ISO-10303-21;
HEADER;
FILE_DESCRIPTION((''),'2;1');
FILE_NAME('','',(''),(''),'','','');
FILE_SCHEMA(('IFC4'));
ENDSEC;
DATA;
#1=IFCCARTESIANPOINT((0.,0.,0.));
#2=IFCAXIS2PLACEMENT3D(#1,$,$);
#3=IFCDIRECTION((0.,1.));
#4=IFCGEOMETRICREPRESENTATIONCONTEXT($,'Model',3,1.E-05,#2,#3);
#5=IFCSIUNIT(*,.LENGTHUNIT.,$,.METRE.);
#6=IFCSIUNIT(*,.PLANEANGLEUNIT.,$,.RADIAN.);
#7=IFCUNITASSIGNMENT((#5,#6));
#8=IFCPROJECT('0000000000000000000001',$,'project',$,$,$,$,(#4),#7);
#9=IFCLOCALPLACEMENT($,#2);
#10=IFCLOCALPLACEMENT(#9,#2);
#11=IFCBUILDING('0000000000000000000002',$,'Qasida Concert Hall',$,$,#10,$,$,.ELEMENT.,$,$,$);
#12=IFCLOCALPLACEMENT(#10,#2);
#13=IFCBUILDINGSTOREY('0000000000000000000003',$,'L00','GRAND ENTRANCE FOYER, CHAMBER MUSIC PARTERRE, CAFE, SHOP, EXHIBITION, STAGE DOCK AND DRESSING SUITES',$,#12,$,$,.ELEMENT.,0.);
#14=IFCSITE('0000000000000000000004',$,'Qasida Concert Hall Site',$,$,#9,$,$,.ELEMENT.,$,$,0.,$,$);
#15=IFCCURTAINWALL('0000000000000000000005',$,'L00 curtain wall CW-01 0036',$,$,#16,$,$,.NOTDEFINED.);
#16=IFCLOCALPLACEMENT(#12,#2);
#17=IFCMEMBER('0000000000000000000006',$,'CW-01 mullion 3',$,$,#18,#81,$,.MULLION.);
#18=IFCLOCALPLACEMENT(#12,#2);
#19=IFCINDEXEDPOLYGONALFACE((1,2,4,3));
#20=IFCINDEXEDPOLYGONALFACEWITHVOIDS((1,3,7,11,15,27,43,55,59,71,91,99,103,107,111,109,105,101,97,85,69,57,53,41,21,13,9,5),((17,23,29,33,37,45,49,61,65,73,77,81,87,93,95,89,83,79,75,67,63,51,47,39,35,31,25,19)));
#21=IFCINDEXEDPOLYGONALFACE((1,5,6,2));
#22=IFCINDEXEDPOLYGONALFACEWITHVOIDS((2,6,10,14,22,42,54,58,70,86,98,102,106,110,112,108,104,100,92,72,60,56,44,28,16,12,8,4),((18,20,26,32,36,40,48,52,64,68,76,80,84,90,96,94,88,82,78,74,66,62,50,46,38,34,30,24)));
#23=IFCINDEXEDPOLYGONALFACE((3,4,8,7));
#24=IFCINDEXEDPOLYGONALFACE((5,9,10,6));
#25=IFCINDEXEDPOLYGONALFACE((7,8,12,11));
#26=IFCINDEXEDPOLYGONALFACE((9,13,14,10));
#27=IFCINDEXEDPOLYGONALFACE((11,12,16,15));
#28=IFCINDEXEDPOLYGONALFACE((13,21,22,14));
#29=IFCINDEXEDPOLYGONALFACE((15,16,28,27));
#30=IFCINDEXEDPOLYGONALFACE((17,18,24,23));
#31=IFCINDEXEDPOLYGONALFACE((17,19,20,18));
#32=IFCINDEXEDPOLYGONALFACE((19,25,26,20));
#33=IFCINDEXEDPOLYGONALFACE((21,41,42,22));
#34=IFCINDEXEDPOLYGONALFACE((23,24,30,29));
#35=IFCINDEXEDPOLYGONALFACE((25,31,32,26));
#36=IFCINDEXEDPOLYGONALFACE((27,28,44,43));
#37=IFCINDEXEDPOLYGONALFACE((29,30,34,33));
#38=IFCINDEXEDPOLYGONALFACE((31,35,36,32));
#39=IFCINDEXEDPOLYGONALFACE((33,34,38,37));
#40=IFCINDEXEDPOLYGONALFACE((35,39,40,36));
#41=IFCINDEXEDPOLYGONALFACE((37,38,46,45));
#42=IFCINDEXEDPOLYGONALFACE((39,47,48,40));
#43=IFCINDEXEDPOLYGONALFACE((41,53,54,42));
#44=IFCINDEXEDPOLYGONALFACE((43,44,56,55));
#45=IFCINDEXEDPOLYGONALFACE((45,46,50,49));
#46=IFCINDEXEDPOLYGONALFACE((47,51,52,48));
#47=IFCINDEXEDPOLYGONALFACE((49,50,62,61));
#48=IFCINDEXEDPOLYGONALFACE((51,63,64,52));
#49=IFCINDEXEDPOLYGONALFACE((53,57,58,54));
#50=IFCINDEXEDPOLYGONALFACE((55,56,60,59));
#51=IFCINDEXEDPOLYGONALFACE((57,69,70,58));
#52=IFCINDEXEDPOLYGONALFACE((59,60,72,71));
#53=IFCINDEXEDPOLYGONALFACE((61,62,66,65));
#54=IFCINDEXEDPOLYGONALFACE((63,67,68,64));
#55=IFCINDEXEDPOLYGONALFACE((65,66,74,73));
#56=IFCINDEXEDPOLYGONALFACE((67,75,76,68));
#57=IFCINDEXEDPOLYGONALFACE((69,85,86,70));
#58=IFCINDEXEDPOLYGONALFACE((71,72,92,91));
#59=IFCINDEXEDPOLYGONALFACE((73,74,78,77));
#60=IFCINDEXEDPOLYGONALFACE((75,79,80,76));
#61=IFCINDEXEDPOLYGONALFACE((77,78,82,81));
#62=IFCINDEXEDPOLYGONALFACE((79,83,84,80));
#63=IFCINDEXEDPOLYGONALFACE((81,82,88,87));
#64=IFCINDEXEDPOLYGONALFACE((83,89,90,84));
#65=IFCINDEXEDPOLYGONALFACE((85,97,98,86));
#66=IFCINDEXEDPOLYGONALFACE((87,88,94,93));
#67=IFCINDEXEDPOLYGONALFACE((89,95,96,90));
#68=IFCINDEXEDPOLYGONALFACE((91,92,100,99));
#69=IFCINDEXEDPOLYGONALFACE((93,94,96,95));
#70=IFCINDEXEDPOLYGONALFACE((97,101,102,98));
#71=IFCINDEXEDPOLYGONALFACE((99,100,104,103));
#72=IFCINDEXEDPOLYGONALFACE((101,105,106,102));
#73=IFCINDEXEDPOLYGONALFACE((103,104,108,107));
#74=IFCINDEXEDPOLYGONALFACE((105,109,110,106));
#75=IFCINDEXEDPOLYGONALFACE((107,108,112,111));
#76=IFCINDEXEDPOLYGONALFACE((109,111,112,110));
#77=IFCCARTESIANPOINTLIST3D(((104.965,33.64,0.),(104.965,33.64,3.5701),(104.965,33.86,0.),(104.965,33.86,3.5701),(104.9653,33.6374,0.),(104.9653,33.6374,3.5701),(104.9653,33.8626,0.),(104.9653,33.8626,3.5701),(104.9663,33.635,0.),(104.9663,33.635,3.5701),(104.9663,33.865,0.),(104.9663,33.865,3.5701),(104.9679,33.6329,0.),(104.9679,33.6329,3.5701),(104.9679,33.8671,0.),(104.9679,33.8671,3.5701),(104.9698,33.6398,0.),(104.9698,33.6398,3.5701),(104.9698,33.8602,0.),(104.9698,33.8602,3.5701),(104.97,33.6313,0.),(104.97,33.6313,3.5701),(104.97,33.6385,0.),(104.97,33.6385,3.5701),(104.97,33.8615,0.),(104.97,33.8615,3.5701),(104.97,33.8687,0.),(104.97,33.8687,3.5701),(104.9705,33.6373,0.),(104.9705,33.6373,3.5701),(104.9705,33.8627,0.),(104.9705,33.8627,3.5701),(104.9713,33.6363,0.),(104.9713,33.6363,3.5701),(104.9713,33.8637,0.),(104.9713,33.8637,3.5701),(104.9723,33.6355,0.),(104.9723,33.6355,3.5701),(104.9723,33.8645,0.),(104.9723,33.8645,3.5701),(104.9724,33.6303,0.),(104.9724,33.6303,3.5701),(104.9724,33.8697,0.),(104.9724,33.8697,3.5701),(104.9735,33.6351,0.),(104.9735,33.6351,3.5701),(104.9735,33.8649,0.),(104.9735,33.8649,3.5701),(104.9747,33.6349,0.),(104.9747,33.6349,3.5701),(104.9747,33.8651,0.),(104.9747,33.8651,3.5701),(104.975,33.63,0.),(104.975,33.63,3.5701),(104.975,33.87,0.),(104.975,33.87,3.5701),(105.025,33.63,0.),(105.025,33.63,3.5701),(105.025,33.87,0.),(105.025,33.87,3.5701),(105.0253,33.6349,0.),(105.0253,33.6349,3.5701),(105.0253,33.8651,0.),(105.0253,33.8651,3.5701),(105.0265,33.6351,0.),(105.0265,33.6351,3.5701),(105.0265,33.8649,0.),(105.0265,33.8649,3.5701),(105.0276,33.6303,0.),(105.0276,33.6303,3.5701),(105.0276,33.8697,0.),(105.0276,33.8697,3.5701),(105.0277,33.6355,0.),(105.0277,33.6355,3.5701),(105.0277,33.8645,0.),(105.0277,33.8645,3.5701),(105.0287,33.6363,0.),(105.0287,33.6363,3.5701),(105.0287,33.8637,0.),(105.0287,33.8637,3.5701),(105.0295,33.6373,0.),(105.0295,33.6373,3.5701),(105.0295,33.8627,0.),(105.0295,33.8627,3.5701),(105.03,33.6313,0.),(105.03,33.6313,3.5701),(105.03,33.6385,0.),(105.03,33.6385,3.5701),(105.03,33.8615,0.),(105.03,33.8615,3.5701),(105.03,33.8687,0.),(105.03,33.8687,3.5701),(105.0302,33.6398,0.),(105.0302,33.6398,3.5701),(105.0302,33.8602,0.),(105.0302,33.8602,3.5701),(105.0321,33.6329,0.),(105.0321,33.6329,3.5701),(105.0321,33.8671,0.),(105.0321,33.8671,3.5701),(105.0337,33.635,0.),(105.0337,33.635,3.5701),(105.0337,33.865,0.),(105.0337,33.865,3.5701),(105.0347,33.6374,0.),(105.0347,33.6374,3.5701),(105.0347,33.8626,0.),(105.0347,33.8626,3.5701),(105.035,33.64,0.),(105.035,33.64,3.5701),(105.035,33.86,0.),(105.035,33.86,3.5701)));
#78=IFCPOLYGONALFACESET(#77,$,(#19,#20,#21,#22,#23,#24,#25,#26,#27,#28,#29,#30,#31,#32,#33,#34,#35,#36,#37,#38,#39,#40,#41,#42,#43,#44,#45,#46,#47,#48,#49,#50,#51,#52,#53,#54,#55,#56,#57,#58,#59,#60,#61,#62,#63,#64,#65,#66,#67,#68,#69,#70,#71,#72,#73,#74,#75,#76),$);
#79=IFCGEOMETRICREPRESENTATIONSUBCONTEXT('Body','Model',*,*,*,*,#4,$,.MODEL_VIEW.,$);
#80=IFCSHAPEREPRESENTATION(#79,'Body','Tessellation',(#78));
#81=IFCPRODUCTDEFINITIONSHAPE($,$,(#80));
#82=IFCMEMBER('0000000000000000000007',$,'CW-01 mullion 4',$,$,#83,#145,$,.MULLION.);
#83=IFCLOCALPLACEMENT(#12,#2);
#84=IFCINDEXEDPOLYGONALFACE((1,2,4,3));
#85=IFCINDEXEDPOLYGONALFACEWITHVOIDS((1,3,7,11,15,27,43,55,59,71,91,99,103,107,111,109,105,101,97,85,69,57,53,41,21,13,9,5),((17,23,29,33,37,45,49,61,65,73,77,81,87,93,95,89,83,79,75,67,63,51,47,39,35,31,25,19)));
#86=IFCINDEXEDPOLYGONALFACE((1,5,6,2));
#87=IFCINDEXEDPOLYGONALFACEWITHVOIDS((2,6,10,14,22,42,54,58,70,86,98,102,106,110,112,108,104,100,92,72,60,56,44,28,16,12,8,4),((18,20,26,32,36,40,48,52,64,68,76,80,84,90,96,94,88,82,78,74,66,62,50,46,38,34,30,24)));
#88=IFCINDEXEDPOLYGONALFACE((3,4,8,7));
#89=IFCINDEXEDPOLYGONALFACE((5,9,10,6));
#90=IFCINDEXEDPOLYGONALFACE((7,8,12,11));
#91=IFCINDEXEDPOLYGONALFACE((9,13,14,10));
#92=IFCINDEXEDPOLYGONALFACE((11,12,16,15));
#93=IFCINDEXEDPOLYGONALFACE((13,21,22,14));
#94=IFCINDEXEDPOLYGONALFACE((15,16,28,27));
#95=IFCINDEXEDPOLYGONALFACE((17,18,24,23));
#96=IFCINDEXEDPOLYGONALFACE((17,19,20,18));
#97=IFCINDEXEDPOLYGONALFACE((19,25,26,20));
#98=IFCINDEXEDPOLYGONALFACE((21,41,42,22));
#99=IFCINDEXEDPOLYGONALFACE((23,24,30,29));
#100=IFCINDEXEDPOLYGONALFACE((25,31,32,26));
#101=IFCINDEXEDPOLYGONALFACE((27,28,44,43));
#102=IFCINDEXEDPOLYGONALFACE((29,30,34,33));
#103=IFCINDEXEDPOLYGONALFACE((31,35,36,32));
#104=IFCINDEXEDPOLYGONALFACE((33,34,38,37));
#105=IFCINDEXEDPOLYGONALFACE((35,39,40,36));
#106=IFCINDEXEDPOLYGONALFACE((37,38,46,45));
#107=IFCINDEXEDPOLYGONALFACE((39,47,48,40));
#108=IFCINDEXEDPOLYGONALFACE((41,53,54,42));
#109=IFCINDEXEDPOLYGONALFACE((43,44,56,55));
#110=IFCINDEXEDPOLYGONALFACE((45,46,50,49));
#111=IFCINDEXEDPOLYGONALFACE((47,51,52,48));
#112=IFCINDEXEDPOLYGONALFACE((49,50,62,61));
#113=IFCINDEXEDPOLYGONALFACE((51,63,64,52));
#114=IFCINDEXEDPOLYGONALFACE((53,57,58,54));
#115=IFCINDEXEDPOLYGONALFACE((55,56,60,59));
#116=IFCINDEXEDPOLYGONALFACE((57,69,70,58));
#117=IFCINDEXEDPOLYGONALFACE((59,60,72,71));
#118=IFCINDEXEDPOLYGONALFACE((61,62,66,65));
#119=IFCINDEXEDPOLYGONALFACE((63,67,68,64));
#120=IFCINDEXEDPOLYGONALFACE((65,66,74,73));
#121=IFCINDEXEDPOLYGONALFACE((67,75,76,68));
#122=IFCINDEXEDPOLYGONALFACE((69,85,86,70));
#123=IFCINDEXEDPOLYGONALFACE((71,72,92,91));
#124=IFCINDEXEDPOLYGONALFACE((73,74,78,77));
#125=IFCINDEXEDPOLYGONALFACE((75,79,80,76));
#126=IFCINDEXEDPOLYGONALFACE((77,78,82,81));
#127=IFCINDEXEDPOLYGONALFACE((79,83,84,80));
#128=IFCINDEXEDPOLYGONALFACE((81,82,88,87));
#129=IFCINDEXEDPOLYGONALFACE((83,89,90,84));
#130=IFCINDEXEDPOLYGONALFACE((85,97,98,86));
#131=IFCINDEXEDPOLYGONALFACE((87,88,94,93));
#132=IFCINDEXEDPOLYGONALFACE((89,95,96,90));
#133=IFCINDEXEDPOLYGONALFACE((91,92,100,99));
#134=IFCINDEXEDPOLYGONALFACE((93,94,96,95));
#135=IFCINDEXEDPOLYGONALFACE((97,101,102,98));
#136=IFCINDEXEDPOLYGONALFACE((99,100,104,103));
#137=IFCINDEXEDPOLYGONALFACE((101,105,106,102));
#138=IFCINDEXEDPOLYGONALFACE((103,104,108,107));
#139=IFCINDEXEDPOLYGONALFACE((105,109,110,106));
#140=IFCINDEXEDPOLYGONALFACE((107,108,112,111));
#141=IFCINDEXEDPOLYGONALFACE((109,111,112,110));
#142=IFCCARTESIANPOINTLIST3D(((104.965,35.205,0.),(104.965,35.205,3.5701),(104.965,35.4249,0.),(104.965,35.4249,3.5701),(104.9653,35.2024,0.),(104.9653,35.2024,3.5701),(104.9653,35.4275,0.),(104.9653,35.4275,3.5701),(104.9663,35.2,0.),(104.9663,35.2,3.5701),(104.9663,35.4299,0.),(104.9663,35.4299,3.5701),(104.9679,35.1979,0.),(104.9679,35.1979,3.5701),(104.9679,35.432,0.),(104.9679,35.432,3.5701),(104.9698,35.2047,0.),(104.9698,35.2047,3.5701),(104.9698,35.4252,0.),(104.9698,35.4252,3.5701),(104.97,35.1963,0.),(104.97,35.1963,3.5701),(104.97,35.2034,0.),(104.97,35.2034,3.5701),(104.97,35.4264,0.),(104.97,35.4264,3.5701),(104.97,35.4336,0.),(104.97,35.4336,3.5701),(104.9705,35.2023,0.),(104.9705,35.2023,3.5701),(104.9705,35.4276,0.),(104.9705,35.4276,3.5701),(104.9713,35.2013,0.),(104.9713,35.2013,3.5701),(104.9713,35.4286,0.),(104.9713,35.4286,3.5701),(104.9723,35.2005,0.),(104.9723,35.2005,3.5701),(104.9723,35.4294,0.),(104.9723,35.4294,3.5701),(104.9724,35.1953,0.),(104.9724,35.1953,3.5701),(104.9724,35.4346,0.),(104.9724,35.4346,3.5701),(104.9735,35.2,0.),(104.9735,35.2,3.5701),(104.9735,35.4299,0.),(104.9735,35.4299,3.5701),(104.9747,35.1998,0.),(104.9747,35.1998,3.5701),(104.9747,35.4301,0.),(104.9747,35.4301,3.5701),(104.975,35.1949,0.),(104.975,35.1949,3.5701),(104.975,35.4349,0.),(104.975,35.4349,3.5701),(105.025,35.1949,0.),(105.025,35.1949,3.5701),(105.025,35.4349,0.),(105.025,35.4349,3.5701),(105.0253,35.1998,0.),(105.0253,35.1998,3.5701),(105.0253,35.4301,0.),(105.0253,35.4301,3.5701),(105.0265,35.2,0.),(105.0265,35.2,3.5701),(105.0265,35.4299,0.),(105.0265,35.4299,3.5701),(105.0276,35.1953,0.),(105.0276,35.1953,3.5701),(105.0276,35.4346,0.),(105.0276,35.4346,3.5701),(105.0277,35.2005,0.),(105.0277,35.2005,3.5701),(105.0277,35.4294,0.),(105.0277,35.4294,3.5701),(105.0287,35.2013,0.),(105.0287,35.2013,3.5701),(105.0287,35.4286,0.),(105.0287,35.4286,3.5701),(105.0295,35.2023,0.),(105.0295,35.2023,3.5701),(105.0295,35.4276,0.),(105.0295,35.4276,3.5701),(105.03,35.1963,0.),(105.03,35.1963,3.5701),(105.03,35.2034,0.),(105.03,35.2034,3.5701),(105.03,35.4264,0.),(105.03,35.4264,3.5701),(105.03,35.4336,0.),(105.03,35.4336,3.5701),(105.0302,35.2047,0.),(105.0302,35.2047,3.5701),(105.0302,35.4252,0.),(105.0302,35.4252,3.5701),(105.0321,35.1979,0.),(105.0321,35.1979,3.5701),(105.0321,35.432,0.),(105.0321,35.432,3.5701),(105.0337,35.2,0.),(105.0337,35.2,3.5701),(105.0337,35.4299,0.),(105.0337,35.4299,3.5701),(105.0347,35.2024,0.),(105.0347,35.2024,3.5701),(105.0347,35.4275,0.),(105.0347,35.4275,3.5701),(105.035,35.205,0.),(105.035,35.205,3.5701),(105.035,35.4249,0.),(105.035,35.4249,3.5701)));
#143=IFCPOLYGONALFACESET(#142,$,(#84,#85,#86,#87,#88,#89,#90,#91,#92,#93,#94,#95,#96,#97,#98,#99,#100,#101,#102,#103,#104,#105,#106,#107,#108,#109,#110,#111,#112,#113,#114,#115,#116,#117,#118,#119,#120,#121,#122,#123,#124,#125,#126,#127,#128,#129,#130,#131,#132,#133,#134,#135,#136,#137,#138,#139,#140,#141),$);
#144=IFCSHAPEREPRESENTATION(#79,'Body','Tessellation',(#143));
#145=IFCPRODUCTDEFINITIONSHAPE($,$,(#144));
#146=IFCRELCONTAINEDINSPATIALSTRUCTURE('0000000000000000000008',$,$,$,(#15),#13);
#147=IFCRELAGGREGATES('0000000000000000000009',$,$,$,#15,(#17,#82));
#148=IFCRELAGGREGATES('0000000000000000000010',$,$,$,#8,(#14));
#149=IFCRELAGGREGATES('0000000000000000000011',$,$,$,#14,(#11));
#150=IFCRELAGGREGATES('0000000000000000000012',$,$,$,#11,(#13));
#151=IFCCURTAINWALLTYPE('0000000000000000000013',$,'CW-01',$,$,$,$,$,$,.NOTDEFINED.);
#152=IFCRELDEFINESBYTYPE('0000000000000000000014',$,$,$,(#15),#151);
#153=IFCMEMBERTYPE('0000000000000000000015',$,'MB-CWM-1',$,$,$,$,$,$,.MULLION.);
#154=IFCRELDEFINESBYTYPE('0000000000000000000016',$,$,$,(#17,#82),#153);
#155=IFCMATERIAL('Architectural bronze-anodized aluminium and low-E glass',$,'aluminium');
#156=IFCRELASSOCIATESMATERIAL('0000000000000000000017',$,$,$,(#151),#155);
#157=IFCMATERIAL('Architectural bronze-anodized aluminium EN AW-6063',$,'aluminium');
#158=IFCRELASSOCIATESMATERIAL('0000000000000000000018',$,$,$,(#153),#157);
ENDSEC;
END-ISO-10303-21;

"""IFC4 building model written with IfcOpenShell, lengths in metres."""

from ifc_helpers import new_model, si_unit, direction, frame, origin, origin_2d, place, context, subcontext, project, spatial, hollow_rectangle, extrude, material, material_profile, profile_set, type_object, element, aggregate, save


model = new_model("IFC4")

# Units and contexts
model_context = context("Model", 3, precision=1e-05, world=origin(), true_north=direction((0.0, 1.0)))
body_context = subcontext(model_context, "Body", "Model", "MODEL_VIEW")
ifc_project = project(units=[si_unit("LENGTHUNIT", "METRE"), si_unit("PLANEANGLEUNIT", "RADIAN")], contexts=[model_context])

# Site, building, storey
site_placement = place(None, origin())
site = spatial("IfcSite", under=ifc_project, at=site_placement, Name="Qasida Concert Hall Site", CompositionType="ELEMENT", RefElevation=0.0)
building_placement = place(site_placement, origin())
building = spatial("IfcBuilding", under=site, at=building_placement, Name="Qasida Concert Hall", CompositionType="ELEMENT")
storey_placement = place(building_placement, origin())
storey = spatial("IfcBuildingStorey", under=building, at=storey_placement, Name="L00", Description="GRAND ENTRANCE FOYER, CHAMBER MUSIC PARTERRE, CAFE, SHOP, EXHIBITION, STAGE DOCK AND DRESSING SUITES", CompositionType="ELEMENT", Elevation=0.0)

# Curtain wall, members
ifc_material_1 = material(Name="Architectural bronze-anodized aluminium and low-E glass", Category="aluminium")
curtain_wall_type_1 = type_object("IfcCurtainWallType", Name="CW-01", PredefinedType="NOTDEFINED", material=ifc_material_1)
curtain_wall_1_placement = place(storey_placement, origin())
curtain_wall_1 = element("IfcCurtainWall", 1, at=curtain_wall_1_placement, inside=storey, type_object=curtain_wall_type_1, Name="L00 curtain wall CW-01 0036", PredefinedType="NOTDEFINED")
ifc_material_2 = material(Name="Architectural bronze-anodized aluminium EN AW-6063", Category="aluminium")
ifc_material_profile_1 = material_profile(ifc_material_2, hollow_rectangle(XDim=0.0701, YDim=0.24, WallThickness=0.0049, InnerFilletRadius=0.0049, OuterFilletRadius=0.01, at=origin_2d()), Name="CWM 240x70x5")
ifc_profile_set_1 = profile_set([ifc_material_profile_1], Name="Architectural bronze-anodized aluminium EN AW-6063")
member_type_1 = type_object("IfcMemberType", Name="MB-CWM-1", PredefinedType="MULLION", material=ifc_profile_set_1)
member_1_placement = place(storey_placement, frame((105.0, 33.75, 0.0), z_axis=(0.0, 0.0, 1.0), x_axis=(-1.0, 0.0, 0.0)))
member_1 = element("IfcMember", 2, at=member_1_placement, type_object=member_type_1, Name="CW-01 mullion 3", PredefinedType="MULLION", context=body_context, shape_type="SweptSolid", body=[
    extrude(hollow_rectangle(XDim=0.0701, YDim=0.24, WallThickness=0.0049, InnerFilletRadius=0.0049, OuterFilletRadius=0.01, at=origin_2d()), origin(), (0.0, 0.0, 1.0), 3.5701),
])
member_2_placement = place(storey_placement, frame((105.0, 35.3149, 0.0), z_axis=(0.0, 0.0, 1.0), x_axis=(-1.0, 0.0, 0.0)))
member_2 = element("IfcMember", 3, at=member_2_placement, type_object=member_type_1, Name="CW-01 mullion 4", PredefinedType="MULLION", context=body_context, shape_type="SweptSolid", body=[
    extrude(hollow_rectangle(XDim=0.0701, YDim=0.24, WallThickness=0.0049, InnerFilletRadius=0.0049, OuterFilletRadius=0.01, at=origin_2d()), origin(), (0.0, 0.0, 1.0), 3.5701),
])

aggregate(curtain_wall_1, [member_1, member_2])

save(model, "model.ifc")
